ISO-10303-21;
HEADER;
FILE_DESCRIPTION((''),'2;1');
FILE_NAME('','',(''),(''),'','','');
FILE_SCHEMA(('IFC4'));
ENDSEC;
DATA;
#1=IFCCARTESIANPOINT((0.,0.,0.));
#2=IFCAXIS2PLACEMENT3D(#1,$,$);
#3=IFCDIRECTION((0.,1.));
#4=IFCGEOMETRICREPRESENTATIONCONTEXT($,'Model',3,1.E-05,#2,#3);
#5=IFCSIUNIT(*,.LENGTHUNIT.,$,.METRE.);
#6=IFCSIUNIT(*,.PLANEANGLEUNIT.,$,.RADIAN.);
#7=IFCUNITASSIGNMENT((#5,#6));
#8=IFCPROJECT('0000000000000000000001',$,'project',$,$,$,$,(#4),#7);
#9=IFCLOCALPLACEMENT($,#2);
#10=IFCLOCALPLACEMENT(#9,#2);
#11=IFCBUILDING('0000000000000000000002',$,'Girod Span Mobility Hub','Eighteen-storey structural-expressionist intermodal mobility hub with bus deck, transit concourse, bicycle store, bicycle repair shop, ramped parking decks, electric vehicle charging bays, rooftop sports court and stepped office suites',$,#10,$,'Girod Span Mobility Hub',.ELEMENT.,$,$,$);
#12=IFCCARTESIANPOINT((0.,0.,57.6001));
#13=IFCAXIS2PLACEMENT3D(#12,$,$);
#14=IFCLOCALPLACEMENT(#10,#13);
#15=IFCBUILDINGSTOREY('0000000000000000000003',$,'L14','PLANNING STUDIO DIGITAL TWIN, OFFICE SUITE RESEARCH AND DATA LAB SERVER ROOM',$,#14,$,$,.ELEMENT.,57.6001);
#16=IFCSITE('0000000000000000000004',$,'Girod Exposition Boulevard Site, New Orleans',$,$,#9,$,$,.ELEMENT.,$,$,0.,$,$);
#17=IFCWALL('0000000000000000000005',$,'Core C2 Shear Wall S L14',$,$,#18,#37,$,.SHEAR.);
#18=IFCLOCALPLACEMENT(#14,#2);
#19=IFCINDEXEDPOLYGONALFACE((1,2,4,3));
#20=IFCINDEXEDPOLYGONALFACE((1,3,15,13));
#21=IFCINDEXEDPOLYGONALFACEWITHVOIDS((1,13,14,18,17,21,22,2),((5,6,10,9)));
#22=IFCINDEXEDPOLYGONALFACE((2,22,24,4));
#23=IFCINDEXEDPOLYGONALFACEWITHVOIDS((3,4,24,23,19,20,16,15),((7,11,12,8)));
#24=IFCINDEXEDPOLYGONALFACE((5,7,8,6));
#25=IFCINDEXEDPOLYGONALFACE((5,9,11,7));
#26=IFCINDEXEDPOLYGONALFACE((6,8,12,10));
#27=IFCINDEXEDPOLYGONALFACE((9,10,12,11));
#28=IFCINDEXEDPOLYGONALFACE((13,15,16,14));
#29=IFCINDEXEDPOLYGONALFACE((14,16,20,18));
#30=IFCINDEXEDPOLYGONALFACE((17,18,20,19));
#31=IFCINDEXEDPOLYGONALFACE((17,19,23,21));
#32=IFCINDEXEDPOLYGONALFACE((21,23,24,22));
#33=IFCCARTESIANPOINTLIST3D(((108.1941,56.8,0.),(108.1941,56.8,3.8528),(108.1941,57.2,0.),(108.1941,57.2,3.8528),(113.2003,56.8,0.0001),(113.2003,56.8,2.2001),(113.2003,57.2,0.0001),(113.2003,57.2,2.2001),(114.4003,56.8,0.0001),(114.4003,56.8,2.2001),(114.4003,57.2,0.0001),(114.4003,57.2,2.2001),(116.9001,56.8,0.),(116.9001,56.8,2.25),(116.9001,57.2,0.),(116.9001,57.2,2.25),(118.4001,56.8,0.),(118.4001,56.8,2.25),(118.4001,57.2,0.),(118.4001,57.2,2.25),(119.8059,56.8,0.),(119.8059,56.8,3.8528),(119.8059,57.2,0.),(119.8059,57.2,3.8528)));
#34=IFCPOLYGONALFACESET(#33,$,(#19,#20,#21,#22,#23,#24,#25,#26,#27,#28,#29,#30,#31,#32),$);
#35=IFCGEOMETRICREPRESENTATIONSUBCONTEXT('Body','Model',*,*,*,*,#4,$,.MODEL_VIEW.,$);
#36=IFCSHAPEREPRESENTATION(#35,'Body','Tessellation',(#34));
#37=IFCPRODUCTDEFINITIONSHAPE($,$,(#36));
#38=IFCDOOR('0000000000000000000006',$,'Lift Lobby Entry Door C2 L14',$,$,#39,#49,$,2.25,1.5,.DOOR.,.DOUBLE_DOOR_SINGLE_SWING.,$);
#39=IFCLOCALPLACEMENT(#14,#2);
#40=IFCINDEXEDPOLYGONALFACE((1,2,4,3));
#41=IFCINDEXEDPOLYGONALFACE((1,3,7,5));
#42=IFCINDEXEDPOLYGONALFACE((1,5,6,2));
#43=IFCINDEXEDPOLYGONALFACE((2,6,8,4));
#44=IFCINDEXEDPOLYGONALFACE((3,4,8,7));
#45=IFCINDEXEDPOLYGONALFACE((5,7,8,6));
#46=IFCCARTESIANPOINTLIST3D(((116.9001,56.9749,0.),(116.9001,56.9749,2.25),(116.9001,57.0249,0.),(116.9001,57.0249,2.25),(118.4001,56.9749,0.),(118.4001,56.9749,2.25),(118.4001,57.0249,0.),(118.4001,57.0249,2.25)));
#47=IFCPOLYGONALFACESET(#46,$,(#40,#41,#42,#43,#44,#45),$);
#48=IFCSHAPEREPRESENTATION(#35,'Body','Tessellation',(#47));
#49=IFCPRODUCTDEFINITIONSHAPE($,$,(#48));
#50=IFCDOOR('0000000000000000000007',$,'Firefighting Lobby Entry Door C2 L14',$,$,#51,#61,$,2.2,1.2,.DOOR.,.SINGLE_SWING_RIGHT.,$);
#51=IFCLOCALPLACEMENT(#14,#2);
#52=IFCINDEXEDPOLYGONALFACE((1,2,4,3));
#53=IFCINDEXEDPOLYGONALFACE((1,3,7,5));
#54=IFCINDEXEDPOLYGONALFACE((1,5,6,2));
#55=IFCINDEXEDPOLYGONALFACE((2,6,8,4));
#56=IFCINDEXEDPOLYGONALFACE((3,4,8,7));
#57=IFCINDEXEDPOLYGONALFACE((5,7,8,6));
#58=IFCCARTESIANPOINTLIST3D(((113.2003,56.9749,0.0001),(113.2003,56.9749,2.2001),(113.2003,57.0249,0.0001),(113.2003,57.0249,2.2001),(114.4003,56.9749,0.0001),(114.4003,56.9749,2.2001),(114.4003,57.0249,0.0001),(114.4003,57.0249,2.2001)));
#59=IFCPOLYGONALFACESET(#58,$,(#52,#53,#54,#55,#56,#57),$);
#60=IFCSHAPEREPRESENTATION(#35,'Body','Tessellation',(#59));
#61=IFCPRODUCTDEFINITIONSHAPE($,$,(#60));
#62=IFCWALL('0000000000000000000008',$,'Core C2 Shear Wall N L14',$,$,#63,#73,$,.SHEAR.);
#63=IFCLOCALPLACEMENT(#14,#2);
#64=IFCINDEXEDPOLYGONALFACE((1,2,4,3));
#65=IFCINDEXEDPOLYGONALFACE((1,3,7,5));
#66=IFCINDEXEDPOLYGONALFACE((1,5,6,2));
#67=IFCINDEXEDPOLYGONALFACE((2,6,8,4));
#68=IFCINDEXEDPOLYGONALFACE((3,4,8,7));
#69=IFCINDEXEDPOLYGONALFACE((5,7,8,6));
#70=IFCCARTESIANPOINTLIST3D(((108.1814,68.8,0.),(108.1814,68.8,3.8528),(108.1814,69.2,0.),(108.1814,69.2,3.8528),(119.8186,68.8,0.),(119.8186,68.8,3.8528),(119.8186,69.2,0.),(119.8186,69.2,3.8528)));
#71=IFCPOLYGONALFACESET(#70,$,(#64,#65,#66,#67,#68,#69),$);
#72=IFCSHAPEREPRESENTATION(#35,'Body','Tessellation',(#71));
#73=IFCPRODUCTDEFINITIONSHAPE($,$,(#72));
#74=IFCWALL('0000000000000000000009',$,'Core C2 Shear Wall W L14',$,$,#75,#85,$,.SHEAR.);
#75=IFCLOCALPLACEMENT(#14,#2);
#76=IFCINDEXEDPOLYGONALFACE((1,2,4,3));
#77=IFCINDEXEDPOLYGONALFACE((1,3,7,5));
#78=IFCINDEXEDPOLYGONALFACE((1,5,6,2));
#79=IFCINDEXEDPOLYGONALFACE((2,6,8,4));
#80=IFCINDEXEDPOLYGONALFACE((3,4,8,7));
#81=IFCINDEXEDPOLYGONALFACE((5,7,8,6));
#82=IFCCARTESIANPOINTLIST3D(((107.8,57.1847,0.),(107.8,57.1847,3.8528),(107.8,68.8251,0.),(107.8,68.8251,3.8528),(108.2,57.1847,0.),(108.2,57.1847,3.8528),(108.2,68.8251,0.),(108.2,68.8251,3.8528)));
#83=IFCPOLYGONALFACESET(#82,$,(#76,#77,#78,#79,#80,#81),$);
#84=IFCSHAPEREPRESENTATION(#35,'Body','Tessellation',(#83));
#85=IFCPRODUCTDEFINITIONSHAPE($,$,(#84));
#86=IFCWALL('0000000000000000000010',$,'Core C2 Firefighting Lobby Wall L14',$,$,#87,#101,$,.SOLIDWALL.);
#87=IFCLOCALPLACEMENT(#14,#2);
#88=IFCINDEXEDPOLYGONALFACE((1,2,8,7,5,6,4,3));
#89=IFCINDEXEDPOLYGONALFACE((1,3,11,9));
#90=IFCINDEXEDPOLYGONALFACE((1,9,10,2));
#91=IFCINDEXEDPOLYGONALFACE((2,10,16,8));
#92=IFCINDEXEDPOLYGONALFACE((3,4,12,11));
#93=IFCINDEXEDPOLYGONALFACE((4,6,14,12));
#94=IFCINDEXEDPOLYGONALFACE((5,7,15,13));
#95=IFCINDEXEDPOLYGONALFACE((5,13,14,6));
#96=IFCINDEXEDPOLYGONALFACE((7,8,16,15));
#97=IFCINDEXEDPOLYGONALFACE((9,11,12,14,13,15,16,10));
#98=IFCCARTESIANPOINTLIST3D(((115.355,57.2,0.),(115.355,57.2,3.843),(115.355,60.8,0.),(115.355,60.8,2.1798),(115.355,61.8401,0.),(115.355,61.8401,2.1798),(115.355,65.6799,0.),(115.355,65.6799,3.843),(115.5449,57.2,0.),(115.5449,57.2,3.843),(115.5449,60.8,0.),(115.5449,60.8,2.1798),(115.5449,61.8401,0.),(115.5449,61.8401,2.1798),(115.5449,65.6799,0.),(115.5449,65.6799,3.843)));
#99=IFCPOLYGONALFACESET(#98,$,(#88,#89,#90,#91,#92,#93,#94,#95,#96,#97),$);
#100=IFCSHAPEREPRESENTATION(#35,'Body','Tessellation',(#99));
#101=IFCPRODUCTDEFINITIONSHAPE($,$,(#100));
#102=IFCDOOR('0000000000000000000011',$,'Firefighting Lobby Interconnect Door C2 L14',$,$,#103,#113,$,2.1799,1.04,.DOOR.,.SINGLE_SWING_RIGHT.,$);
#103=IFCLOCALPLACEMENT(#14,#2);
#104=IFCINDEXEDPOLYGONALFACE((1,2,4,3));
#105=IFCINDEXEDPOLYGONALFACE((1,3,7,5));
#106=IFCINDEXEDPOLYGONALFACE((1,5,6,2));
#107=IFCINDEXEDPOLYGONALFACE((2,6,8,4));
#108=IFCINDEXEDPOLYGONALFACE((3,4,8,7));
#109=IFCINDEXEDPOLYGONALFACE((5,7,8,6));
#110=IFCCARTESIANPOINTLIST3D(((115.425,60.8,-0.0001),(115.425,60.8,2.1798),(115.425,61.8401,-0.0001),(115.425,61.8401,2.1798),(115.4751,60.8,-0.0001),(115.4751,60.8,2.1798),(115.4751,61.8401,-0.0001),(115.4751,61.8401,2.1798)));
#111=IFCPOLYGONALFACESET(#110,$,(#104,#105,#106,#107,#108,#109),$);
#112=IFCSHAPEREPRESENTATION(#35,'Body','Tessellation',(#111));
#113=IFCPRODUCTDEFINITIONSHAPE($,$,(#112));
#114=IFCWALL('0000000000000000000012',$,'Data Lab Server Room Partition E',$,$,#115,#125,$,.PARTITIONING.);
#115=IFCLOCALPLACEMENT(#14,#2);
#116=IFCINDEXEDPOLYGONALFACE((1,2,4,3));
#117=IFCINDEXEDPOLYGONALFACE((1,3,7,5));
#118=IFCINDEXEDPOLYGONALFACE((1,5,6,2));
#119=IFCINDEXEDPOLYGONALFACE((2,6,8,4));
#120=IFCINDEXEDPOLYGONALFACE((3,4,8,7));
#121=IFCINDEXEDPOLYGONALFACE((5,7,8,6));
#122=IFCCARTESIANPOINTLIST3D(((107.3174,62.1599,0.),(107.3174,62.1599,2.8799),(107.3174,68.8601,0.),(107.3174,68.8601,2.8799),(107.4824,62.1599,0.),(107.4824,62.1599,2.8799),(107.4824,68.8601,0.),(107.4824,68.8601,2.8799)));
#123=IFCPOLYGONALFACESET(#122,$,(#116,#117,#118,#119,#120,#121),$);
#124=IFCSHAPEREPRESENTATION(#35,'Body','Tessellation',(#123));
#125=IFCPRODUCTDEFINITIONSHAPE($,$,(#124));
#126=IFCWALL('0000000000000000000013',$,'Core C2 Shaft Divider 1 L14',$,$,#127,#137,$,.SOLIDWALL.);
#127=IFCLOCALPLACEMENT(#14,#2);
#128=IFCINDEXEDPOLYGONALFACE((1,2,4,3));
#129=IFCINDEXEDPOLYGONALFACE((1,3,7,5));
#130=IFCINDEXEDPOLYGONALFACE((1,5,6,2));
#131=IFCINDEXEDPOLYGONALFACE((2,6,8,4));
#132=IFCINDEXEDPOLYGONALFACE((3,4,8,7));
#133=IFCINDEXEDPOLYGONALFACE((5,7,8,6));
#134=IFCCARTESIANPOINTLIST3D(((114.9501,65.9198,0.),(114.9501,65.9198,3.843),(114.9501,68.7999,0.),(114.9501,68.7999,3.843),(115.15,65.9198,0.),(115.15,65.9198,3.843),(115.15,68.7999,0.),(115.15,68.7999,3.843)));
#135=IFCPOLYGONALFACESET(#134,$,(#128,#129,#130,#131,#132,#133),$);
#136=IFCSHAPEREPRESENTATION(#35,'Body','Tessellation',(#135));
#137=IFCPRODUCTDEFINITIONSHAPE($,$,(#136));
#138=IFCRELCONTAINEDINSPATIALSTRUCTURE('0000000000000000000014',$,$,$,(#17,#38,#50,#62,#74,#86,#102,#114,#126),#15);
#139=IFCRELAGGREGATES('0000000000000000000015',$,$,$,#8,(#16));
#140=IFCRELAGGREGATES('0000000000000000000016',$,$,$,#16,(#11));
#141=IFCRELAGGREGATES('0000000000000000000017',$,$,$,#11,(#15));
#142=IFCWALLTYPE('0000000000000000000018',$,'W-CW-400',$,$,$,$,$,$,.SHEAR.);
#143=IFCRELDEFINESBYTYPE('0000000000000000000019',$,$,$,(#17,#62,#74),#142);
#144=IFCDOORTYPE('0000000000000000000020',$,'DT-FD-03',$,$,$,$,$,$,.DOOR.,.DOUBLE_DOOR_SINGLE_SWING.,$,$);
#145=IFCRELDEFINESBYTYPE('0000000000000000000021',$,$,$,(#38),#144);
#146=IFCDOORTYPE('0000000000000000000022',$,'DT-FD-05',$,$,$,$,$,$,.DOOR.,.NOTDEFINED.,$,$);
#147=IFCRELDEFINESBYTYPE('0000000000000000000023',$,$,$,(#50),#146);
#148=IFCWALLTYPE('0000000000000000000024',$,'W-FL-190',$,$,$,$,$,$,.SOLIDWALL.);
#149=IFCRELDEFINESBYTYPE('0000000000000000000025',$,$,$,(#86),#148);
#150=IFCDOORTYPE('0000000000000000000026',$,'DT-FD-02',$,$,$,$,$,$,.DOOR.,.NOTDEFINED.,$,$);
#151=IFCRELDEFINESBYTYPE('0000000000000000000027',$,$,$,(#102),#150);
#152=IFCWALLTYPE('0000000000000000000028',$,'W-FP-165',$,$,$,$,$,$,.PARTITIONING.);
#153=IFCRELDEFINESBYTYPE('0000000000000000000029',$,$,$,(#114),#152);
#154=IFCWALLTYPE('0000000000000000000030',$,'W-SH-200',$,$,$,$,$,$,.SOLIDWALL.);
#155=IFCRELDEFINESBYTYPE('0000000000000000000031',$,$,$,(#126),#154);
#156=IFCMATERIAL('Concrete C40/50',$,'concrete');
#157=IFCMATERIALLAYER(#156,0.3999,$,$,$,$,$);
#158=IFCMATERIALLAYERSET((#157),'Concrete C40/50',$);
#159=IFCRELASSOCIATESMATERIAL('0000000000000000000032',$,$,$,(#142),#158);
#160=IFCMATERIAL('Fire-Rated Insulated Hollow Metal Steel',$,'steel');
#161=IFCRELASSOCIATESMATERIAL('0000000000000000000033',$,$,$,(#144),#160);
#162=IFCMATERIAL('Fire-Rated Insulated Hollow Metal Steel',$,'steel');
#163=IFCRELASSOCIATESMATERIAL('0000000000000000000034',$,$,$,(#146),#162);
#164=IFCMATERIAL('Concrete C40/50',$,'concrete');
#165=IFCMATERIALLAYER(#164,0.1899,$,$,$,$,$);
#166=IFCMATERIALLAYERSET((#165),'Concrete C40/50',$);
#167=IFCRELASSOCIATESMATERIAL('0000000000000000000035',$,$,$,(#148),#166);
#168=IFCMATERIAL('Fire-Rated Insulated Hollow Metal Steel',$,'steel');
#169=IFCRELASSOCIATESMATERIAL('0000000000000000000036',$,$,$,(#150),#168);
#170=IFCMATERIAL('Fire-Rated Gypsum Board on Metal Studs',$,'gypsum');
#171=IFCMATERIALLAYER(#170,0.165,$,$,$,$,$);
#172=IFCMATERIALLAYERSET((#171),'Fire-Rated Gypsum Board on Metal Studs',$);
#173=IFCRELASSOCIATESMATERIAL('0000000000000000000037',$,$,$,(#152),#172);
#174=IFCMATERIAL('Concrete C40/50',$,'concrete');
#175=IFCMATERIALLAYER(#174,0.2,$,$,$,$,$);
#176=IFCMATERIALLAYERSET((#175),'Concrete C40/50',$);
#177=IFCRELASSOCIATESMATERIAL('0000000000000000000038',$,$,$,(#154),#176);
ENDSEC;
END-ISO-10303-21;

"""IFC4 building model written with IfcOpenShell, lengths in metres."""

from ifc_helpers import new_model, si_unit, direction, frame, frame_2d, origin, place, context, subcontext, project, spatial, rectangle, extrude, material, layer, layer_set, type_object, element, fill, save


model = new_model("IFC4")

# Units and contexts
model_context = context("Model", 3, precision=1e-05, world=origin(), true_north=direction((0.0, 1.0)))
body_context = subcontext(model_context, "Body", "Model", "MODEL_VIEW")
ifc_project = project(units=[si_unit("LENGTHUNIT", "METRE"), si_unit("PLANEANGLEUNIT", "RADIAN")], contexts=[model_context])

# Site, building, storey
site_placement = place(None, origin())
site = spatial("IfcSite", under=ifc_project, at=site_placement, Name="Girod Exposition Boulevard Site, New Orleans", CompositionType="ELEMENT", RefElevation=0.0)
building_placement = place(site_placement, origin())
building = spatial("IfcBuilding", under=site, at=building_placement, Name="Girod Span Mobility Hub", Description="Eighteen-storey structural-expressionist intermodal mobility hub with bus deck, transit concourse, bicycle store, bicycle repair shop, ramped parking decks, electric vehicle charging bays, rooftop sports court and stepped office suites", LongName="Girod Span Mobility Hub", CompositionType="ELEMENT")
storey_placement = place(building_placement, frame((0.0, 0.0, 57.6001)))
storey = spatial("IfcBuildingStorey", under=building, at=storey_placement, Name="L14", Description="PLANNING STUDIO DIGITAL TWIN, OFFICE SUITE RESEARCH AND DATA LAB SERVER ROOM", CompositionType="ELEMENT", Elevation=57.6001)

# Wall, openings, doors
ifc_material_1 = material(Name="Concrete C40/50", Category="concrete")
ifc_layer_1 = layer(ifc_material_1, 0.3999)
ifc_layer_set_1 = layer_set([ifc_layer_1], Name="Concrete C40/50")
wall_type_1 = type_object("IfcWallType", Name="W-CW-400", PredefinedType="SHEAR", material=ifc_layer_set_1)
wall_1_placement = place(storey_placement, frame((108.1941, 57.0, 0.0), z_axis=(0.0, 0.0, 1.0), x_axis=(1.0, 0.0, 0.0)))
wall_1 = element("IfcWall", 1, at=wall_1_placement, inside=storey, type_object=wall_type_1, Name="Core C2 Shear Wall S L14", PredefinedType="SHEAR", context=body_context, shape_type="SweptSolid", body=[
    extrude(rectangle(XDim=11.6118, YDim=0.3999, at=frame_2d((5.8059, 0.0))), origin(), (0.0, 0.0, 1.0), 3.8528),
])
opening_1_placement = place(wall_1_placement, frame((5.0061, 0.0, 0.0)))
opening_1 = element("IfcOpeningElement", 2, at=opening_1_placement, cuts=wall_1, PredefinedType="OPENING", context=body_context, shape_type="SweptSolid", body=[
    extrude(rectangle(XDim=1.2, YDim=2.2, at=frame_2d((0.6001, 1.1001))), frame((0.0, 0.2148, 0.0), z_axis=(0.0, -1.0, 0.0), x_axis=(1.0, 0.0, 0.0)), (0.0, 0.0, 1.0), 0.4299),
])
opening_2_placement = place(wall_1_placement, frame((8.7061, 0.0, 0.0)))
opening_2 = element("IfcOpeningElement", 3, at=opening_2_placement, cuts=wall_1, PredefinedType="OPENING", context=body_context, shape_type="SweptSolid", body=[
    extrude(rectangle(XDim=1.5, YDim=2.25, at=frame_2d((0.75, 1.125))), frame((0.0, 0.2148, 0.0), z_axis=(0.0, -1.0, 0.0), x_axis=(1.0, 0.0, 0.0)), (0.0, 0.0, 1.0), 0.4299),
])
ifc_material_2 = material(Name="Fire-Rated Insulated Hollow Metal Steel", Category="steel")
door_type_1 = type_object("IfcDoorType", Name="DT-FD-03", OperationType="DOUBLE_DOOR_SINGLE_SWING", PredefinedType="DOOR", material=ifc_material_2)
door_1_placement = place(opening_2_placement, origin())
door_1 = element("IfcDoor", 4, at=door_1_placement, inside=storey, type_object=door_type_1, Name="Lift Lobby Entry Door C2 L14", OperationType="DOUBLE_DOOR_SINGLE_SWING", OverallHeight=2.25, OverallWidth=1.5, PredefinedType="DOOR", context=body_context, shape_type="SweptSolid", body=[
    extrude(rectangle(XDim=1.5, YDim=2.25, at=frame_2d((0.75, 1.125))), frame((0.0, 0.0249, 0.0), z_axis=(0.0, -1.0, 0.0), x_axis=(1.0, 0.0, 0.0)), (0.0, 0.0, 1.0), 0.05),
])
fill(opening_2, door_1)
ifc_material_3 = material(Name="Fire-Rated Insulated Hollow Metal Steel", Category="steel")
door_type_2 = type_object("IfcDoorType", Name="DT-FD-05", OperationType="NOTDEFINED", PredefinedType="DOOR", material=ifc_material_3)
door_2_placement = place(opening_1_placement, origin())
door_2 = element("IfcDoor", 5, at=door_2_placement, inside=storey, type_object=door_type_2, Name="Firefighting Lobby Entry Door C2 L14", OperationType="SINGLE_SWING_RIGHT", OverallHeight=2.2, OverallWidth=1.2, PredefinedType="DOOR", context=body_context, shape_type="SweptSolid", body=[
    extrude(rectangle(XDim=1.2, YDim=2.2, at=frame_2d((0.6001, 1.1001))), frame((0.0, 0.0249, 0.0), z_axis=(0.0, -1.0, 0.0), x_axis=(1.0, 0.0, 0.0)), (0.0, 0.0, 1.0), 0.05),
])
fill(opening_1, door_2)

# Walls
wall_2_placement = place(storey_placement, frame((108.1814, 69.0, 0.0), z_axis=(0.0, 0.0, 1.0), x_axis=(1.0, 0.0, 0.0)))
element("IfcWall", 6, at=wall_2_placement, inside=storey, type_object=wall_type_1, Name="Core C2 Shear Wall N L14", PredefinedType="SHEAR", context=body_context, shape_type="SweptSolid", body=[
    extrude(rectangle(XDim=11.6372, YDim=0.3999, at=frame_2d((5.8186, 0.0))), origin(), (0.0, 0.0, 1.0), 3.8528),
])
wall_3_placement = place(storey_placement, frame((108.0, 57.1846, 0.0), z_axis=(0.0, 0.0, 1.0), x_axis=(0.0, 1.0, 0.0)))
element("IfcWall", 7, at=wall_3_placement, inside=storey, type_object=wall_type_1, Name="Core C2 Shear Wall W L14", PredefinedType="SHEAR", context=body_context, shape_type="SweptSolid", body=[
    extrude(rectangle(XDim=11.6404, YDim=0.3999, at=frame_2d((5.8203, 0.0))), origin(), (0.0, 0.0, 1.0), 3.8528),
])

# Wall, opening, door
ifc_material_4 = material(Name="Concrete C40/50", Category="concrete")
ifc_layer_2 = layer(ifc_material_4, 0.1899)
ifc_layer_set_2 = layer_set([ifc_layer_2], Name="Concrete C40/50")
wall_type_2 = type_object("IfcWallType", Name="W-FL-190", PredefinedType="SOLIDWALL", material=ifc_layer_set_2)
wall_4_placement = place(storey_placement, frame((115.45, 57.2, 0.0), z_axis=(0.0, 0.0, 1.0), x_axis=(0.0, 1.0, 0.0)))
wall_4 = element("IfcWall", 8, at=wall_4_placement, inside=storey, type_object=wall_type_2, Name="Core C2 Firefighting Lobby Wall L14", PredefinedType="SOLIDWALL", context=body_context, shape_type="SweptSolid", body=[
    extrude(rectangle(XDim=8.48, YDim=0.1899, at=frame_2d((4.24, 0.0))), origin(), (0.0, 0.0, 1.0), 3.843),
])
opening_3_placement = place(wall_4_placement, frame((3.6001, 0.0, 0.0)))
opening_3 = element("IfcOpeningElement", 9, at=opening_3_placement, cuts=wall_4, PredefinedType="OPENING", context=body_context, shape_type="SweptSolid", body=[
    extrude(rectangle(XDim=1.04, YDim=2.1799, at=frame_2d((0.52, 1.0898))), frame((0.0, 0.1099, 0.0), z_axis=(0.0, -1.0, 0.0), x_axis=(1.0, 0.0, 0.0)), (0.0, 0.0, 1.0), 0.22),
])
ifc_material_5 = material(Name="Fire-Rated Insulated Hollow Metal Steel", Category="steel")
door_type_3 = type_object("IfcDoorType", Name="DT-FD-02", OperationType="NOTDEFINED", PredefinedType="DOOR", material=ifc_material_5)
door_3_placement = place(opening_3_placement, origin())
door_3 = element("IfcDoor", 10, at=door_3_placement, inside=storey, type_object=door_type_3, Name="Firefighting Lobby Interconnect Door C2 L14", OperationType="SINGLE_SWING_RIGHT", OverallHeight=2.1799, OverallWidth=1.04, PredefinedType="DOOR", context=body_context, shape_type="SweptSolid", body=[
    extrude(rectangle(XDim=1.04, YDim=2.1799, at=frame_2d((0.52, 1.0898))), frame((0.0, 0.0249, 0.0), z_axis=(0.0, -1.0, 0.0), x_axis=(1.0, 0.0, 0.0)), (0.0, 0.0, 1.0), 0.05),
])
fill(opening_3, door_3)

# Walls
ifc_material_6 = material(Name="Fire-Rated Gypsum Board on Metal Studs", Category="gypsum")
ifc_layer_3 = layer(ifc_material_6, 0.165)
ifc_layer_set_3 = layer_set([ifc_layer_3], Name="Fire-Rated Gypsum Board on Metal Studs")
wall_type_3 = type_object("IfcWallType", Name="W-FP-165", PredefinedType="PARTITIONING", material=ifc_layer_set_3)
wall_5_placement = place(storey_placement, frame((107.3999, 62.1599, 0.0), z_axis=(0.0, 0.0, 1.0), x_axis=(0.0, 1.0, 0.0)))
element("IfcWall", 11, at=wall_5_placement, inside=storey, type_object=wall_type_3, Name="Data Lab Server Room Partition E", PredefinedType="PARTITIONING", context=body_context, shape_type="SweptSolid", body=[
    extrude(rectangle(XDim=6.7002, YDim=0.165, at=frame_2d((3.3501, 0.0))), origin(), (0.0, 0.0, 1.0), 2.8799),
])
ifc_material_7 = material(Name="Concrete C40/50", Category="concrete")
ifc_layer_4 = layer(ifc_material_7, 0.2)
ifc_layer_set_4 = layer_set([ifc_layer_4], Name="Concrete C40/50")
wall_type_4 = type_object("IfcWallType", Name="W-SH-200", PredefinedType="SOLIDWALL", material=ifc_layer_set_4)
wall_6_placement = place(storey_placement, frame((115.05, 65.9199, 0.0), z_axis=(0.0, 0.0, 1.0), x_axis=(0.0, 1.0, 0.0)))
element("IfcWall", 12, at=wall_6_placement, inside=storey, type_object=wall_type_4, Name="Core C2 Shaft Divider 1 L14", PredefinedType="SOLIDWALL", context=body_context, shape_type="SweptSolid", body=[
    extrude(rectangle(XDim=2.8801, YDim=0.2, at=frame_2d((1.4399, 0.0))), origin(), (0.0, 0.0, 1.0), 3.843),
])

save(model, "model.ifc")
